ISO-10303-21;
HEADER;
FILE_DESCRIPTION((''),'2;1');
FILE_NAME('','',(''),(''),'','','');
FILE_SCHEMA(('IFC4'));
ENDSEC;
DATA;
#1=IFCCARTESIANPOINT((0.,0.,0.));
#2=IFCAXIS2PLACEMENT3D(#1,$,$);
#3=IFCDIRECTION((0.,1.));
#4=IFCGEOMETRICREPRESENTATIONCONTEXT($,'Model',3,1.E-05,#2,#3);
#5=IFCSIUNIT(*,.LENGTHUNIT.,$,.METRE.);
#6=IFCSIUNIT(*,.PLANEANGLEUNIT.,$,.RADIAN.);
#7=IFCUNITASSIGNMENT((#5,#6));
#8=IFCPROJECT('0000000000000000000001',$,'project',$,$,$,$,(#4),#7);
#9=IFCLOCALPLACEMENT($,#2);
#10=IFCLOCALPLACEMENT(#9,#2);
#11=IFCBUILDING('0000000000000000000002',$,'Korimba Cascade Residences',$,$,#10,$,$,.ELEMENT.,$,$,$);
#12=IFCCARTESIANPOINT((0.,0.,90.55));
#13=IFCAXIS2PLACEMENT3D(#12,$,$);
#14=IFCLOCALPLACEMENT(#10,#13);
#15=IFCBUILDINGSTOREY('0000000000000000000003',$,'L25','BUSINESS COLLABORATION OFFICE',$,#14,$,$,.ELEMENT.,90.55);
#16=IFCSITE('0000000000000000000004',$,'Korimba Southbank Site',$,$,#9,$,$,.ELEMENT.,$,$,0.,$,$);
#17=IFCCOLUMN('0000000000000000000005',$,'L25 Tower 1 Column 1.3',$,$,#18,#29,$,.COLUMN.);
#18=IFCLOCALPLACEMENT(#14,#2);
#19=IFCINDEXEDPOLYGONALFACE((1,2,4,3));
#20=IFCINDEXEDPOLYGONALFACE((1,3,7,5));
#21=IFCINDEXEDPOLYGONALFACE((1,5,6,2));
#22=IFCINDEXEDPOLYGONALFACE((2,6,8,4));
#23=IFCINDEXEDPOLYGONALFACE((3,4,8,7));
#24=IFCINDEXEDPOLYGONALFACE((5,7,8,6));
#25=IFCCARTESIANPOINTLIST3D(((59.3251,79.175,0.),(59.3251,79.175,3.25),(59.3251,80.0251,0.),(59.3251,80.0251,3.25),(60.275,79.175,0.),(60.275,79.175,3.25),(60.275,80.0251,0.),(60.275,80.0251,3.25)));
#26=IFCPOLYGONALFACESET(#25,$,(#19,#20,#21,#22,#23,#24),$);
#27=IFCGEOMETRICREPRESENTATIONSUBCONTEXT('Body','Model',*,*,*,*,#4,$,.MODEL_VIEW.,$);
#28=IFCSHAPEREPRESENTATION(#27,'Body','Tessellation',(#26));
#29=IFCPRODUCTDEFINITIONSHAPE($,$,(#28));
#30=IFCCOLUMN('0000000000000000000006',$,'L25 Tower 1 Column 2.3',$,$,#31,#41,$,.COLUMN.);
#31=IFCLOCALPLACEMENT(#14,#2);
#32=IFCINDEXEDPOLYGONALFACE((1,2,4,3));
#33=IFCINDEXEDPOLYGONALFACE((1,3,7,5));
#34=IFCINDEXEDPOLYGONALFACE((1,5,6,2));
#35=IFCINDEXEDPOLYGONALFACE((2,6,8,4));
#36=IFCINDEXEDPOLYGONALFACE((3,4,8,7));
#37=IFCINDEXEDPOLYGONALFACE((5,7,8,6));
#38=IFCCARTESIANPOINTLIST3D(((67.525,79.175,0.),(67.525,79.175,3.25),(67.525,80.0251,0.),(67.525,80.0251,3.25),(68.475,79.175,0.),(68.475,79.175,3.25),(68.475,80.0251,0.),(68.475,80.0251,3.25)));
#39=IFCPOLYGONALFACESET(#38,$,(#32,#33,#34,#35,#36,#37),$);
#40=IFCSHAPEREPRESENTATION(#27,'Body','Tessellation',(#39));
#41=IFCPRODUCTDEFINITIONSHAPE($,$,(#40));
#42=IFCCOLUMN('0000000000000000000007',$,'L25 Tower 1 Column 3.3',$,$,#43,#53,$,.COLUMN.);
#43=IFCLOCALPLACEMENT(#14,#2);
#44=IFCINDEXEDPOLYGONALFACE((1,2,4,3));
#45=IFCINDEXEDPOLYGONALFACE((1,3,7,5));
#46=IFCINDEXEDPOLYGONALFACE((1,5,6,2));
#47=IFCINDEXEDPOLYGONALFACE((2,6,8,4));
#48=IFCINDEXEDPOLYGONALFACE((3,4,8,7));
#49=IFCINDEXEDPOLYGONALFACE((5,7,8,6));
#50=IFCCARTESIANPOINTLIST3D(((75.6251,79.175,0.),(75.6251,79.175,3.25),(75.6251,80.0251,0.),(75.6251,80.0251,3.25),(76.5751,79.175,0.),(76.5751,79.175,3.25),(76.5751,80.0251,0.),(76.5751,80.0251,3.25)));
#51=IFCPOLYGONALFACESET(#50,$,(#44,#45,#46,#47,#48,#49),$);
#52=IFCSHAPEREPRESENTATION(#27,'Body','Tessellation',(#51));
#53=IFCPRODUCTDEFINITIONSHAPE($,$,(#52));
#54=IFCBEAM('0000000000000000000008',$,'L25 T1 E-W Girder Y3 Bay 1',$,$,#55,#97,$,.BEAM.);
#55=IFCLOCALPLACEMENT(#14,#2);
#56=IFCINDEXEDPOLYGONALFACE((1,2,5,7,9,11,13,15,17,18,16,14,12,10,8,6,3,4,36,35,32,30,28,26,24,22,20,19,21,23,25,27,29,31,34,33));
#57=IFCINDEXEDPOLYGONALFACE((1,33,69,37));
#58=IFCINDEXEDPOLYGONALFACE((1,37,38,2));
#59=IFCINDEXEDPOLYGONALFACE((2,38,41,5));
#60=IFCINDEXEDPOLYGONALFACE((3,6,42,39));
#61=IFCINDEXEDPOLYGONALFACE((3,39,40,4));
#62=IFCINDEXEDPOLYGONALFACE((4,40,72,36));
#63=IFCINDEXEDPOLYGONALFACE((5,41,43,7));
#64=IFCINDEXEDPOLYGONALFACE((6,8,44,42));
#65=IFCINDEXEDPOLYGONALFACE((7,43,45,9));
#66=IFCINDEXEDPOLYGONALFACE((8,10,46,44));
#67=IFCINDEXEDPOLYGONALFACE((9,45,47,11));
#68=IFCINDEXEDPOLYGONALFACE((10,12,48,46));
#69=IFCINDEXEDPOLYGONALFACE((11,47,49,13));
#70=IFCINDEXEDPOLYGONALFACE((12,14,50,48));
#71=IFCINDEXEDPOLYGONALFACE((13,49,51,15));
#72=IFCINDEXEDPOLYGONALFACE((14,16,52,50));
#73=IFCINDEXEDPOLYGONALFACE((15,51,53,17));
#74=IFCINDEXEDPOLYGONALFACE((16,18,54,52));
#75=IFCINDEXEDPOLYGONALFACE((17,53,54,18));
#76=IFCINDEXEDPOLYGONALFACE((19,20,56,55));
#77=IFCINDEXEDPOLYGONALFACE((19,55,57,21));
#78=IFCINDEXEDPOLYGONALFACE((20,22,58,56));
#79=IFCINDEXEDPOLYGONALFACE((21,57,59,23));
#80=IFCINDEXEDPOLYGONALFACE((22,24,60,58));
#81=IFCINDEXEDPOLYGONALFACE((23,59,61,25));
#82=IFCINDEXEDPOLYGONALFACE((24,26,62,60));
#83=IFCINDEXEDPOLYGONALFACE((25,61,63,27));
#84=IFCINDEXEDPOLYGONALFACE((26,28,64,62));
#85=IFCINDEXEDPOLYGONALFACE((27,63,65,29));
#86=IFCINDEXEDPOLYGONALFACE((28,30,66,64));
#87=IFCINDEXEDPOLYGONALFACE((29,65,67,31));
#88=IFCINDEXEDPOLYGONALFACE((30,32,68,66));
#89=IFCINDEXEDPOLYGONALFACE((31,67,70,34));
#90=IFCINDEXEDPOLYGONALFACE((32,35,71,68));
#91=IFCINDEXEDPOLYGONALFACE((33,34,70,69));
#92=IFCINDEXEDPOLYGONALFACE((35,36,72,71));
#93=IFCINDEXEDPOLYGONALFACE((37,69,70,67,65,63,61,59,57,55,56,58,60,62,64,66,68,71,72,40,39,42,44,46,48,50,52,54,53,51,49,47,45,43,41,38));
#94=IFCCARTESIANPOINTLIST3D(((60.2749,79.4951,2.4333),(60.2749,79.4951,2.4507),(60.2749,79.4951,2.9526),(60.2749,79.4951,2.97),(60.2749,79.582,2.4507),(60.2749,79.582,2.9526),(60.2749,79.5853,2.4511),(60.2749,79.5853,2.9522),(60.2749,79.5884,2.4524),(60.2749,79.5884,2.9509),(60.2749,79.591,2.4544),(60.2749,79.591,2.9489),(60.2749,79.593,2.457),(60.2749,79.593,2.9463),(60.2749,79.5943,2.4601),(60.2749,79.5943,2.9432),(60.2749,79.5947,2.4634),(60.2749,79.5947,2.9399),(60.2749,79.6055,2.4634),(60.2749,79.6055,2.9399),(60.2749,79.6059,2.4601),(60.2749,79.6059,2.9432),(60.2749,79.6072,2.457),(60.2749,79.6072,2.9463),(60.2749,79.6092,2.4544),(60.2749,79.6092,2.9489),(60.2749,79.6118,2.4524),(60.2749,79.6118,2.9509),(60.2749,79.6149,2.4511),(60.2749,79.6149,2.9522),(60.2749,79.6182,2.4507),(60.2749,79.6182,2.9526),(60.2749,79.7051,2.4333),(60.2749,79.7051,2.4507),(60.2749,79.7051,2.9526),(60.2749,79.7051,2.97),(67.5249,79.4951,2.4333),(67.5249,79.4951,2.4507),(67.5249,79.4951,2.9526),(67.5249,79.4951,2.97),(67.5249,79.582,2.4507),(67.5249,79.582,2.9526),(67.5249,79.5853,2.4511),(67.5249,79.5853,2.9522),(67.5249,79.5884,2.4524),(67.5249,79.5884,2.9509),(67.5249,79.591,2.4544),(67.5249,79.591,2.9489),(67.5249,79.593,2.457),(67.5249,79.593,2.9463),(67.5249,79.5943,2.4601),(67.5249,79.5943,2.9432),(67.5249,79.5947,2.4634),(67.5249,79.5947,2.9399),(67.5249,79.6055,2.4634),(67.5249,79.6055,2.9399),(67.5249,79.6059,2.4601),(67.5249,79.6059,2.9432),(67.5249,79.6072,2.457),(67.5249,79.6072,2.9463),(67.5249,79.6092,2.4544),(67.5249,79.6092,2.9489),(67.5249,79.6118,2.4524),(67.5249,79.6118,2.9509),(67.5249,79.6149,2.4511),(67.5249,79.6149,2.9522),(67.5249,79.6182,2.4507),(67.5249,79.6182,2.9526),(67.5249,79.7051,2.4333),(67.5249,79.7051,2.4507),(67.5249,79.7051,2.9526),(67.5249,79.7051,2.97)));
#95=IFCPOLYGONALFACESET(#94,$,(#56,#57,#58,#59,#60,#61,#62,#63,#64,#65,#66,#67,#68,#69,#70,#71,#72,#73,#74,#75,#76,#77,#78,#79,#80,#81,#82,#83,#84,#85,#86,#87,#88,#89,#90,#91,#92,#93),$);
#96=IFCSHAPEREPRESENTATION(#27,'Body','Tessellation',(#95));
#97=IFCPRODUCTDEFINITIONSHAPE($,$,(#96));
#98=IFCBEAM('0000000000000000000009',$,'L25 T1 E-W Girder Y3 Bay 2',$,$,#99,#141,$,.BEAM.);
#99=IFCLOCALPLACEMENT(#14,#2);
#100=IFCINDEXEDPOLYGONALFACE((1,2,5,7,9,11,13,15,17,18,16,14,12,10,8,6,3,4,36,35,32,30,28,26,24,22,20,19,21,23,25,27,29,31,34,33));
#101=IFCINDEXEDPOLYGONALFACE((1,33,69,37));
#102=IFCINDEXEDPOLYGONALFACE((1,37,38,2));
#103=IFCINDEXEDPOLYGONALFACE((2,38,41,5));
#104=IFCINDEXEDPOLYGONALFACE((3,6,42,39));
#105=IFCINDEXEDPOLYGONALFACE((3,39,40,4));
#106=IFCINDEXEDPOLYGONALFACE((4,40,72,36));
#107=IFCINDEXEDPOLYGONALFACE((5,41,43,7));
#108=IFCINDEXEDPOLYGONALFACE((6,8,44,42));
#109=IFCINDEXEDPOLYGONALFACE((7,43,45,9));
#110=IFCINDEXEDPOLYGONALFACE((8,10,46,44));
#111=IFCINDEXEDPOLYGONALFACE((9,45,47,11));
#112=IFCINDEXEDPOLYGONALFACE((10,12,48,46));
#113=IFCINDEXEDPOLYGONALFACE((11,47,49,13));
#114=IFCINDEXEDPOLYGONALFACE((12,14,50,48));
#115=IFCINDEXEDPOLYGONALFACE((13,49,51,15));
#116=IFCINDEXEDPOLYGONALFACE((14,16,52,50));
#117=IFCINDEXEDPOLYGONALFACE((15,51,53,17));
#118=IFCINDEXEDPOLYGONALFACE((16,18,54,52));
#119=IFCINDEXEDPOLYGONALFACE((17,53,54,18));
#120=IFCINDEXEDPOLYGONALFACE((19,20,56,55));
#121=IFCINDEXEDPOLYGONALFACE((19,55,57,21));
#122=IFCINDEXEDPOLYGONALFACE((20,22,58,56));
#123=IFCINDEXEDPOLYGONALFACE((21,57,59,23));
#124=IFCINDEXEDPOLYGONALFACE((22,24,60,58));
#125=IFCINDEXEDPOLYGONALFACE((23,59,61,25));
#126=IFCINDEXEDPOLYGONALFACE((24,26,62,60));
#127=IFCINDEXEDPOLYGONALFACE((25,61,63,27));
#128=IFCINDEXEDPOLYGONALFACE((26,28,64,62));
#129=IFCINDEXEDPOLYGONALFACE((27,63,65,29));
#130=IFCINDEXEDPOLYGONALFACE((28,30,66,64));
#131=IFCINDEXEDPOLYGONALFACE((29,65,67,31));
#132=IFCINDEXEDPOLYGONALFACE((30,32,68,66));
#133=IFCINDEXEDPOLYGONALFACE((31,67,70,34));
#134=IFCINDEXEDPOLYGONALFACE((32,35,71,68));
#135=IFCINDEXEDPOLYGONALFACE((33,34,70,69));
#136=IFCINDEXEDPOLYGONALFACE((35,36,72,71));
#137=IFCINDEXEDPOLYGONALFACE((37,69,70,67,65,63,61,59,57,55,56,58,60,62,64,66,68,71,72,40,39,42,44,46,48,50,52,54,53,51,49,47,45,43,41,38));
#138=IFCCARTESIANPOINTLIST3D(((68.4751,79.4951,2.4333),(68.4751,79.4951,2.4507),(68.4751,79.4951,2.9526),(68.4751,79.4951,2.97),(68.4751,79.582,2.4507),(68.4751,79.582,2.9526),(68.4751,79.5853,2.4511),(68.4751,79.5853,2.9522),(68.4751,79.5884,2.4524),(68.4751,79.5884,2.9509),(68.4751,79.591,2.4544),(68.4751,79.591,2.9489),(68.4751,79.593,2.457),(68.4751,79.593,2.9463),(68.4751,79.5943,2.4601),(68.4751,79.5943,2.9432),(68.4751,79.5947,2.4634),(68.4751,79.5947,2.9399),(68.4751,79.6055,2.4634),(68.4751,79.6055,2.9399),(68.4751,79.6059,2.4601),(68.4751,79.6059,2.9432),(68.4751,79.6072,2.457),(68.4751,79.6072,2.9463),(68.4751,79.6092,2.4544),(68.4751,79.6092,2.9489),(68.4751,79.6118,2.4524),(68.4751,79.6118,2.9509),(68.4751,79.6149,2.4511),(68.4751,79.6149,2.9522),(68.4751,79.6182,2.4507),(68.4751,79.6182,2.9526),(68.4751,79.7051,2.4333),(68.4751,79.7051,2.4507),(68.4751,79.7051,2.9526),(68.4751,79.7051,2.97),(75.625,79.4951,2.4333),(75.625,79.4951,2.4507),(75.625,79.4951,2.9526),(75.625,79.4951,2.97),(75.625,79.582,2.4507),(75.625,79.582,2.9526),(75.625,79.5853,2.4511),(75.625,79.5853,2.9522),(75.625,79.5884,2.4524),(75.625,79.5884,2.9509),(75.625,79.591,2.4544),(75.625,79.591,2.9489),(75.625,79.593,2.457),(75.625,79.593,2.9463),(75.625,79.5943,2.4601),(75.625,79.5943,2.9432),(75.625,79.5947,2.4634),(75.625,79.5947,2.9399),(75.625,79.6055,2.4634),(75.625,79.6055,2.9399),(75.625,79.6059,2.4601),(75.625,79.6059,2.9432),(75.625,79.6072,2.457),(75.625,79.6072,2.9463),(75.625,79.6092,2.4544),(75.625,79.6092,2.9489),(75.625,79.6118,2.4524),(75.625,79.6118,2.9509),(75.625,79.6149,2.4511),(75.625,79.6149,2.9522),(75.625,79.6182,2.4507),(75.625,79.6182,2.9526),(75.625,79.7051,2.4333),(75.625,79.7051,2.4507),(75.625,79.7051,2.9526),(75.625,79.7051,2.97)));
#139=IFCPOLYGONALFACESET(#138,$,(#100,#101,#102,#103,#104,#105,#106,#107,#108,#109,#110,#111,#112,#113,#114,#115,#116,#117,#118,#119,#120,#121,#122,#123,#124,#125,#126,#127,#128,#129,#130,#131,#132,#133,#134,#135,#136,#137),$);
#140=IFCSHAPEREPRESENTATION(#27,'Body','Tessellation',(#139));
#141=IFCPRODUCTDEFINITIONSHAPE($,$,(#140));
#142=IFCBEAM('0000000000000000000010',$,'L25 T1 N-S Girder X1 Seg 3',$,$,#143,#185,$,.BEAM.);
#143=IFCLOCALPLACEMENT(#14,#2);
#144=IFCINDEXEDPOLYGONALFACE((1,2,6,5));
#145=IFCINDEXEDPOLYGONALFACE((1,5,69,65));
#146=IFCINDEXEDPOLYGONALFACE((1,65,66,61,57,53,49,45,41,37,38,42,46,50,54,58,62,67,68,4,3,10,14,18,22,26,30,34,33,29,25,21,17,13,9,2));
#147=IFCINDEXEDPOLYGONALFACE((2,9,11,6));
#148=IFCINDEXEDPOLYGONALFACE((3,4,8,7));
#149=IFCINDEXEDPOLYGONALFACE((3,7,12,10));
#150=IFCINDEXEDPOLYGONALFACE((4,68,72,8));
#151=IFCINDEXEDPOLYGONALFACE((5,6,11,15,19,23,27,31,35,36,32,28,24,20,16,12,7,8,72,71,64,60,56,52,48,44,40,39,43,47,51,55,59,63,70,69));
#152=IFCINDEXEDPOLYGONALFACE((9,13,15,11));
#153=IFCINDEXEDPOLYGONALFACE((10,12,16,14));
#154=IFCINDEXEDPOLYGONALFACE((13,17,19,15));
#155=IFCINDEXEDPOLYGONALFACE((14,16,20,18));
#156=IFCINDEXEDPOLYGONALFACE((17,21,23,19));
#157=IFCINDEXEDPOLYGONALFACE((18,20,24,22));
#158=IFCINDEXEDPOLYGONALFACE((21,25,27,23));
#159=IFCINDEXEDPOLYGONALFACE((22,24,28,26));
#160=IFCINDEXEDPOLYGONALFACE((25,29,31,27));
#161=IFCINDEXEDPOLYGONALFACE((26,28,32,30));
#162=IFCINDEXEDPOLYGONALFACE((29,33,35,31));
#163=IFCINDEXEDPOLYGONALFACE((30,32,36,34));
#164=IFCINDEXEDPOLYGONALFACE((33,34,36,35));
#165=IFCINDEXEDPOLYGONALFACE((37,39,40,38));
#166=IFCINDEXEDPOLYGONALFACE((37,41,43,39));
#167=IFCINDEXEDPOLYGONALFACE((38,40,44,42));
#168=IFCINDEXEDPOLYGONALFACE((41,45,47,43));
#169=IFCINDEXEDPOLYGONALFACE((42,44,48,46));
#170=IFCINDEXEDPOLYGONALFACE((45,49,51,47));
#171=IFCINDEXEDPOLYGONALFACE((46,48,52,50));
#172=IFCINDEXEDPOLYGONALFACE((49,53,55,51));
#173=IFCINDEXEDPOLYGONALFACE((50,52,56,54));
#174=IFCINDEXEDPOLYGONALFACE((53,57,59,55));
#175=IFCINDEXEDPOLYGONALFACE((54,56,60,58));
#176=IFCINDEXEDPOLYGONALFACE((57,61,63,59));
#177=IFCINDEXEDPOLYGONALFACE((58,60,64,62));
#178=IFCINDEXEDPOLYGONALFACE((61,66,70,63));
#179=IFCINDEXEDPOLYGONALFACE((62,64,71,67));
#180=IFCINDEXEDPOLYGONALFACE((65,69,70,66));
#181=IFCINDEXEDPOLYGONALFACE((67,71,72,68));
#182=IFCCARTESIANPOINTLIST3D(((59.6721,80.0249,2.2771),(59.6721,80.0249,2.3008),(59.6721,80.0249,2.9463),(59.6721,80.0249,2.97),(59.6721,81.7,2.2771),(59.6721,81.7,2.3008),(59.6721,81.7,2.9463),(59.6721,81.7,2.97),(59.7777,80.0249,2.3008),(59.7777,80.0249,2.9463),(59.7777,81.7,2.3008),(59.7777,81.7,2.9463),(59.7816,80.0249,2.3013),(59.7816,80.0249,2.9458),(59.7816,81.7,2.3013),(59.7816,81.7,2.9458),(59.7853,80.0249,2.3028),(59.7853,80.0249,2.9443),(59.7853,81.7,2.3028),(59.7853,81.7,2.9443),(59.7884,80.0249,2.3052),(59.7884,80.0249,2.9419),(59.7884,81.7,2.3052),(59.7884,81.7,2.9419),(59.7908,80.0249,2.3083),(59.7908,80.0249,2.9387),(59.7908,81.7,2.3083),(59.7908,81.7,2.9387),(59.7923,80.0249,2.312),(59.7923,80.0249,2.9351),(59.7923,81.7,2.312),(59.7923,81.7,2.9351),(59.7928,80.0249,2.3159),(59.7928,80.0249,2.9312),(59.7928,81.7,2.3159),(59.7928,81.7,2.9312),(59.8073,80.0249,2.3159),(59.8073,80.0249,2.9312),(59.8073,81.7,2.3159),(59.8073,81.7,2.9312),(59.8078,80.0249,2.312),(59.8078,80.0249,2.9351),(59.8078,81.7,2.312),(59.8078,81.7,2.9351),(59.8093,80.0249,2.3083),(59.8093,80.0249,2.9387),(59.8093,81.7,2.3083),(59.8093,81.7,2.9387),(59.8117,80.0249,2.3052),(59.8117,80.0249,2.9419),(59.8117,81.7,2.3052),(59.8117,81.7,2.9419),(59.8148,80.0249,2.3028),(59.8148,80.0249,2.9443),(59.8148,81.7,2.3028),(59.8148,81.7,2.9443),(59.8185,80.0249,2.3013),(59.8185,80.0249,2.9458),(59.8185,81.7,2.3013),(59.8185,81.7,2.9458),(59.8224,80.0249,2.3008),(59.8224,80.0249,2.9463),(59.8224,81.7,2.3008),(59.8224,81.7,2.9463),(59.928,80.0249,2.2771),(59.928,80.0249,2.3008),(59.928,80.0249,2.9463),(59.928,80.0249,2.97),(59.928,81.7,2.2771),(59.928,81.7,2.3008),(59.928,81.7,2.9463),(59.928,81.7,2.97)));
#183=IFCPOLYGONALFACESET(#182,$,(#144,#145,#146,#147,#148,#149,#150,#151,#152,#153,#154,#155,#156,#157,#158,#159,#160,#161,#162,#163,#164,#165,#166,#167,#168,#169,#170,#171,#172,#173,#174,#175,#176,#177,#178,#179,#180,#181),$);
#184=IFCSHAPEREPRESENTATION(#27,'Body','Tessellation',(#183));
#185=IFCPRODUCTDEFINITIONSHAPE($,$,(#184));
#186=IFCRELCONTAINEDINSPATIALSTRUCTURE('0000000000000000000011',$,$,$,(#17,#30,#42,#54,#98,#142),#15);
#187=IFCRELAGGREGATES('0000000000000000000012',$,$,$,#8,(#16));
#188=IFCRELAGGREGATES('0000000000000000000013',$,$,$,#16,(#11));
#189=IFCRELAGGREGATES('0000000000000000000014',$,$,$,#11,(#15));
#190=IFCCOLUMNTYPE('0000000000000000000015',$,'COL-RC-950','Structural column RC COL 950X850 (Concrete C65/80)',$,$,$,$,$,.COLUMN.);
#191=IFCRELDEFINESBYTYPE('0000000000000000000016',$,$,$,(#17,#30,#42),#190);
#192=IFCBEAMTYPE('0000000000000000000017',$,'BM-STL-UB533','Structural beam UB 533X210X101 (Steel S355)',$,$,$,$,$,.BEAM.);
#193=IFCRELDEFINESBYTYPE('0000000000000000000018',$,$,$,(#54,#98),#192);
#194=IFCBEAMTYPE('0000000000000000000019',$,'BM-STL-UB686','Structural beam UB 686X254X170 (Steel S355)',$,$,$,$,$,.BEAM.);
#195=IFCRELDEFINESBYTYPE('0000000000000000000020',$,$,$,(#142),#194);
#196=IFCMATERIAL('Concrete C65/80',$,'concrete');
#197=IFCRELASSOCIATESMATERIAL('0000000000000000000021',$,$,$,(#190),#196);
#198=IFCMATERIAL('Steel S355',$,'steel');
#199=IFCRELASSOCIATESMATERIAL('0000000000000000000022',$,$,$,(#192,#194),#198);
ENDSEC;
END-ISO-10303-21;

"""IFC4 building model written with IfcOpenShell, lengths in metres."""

from ifc_helpers import new_model, si_unit, direction, frame, origin, origin_2d, place, context, subcontext, project, spatial, rectangle, i_section, extrude, material, material_profile, profile_set, type_object, element, save


model = new_model("IFC4")

# Units and contexts
model_context = context("Model", 3, precision=1e-05, world=origin(), true_north=direction((0.0, 1.0)))
body_context = subcontext(model_context, "Body", "Model", "MODEL_VIEW")
ifc_project = project(units=[si_unit("LENGTHUNIT", "METRE"), si_unit("PLANEANGLEUNIT", "RADIAN")], contexts=[model_context])

# Site, building, storey
site_placement = place(None, origin())
site = spatial("IfcSite", under=ifc_project, at=site_placement, Name="Korimba Southbank Site", CompositionType="ELEMENT", RefElevation=0.0)
building_placement = place(site_placement, origin())
building = spatial("IfcBuilding", under=site, at=building_placement, Name="Korimba Cascade Residences", CompositionType="ELEMENT")
storey_placement = place(building_placement, frame((0.0, 0.0, 90.55)))
storey = spatial("IfcBuildingStorey", under=building, at=storey_placement, Name="L25", Description="BUSINESS COLLABORATION OFFICE", CompositionType="ELEMENT", Elevation=90.55)

# Columns
ifc_material_1 = material(Name="Concrete C65/80", Category="concrete")
ifc_material_profile_1 = material_profile(ifc_material_1, rectangle(XDim=0.95, YDim=0.8501, at=origin_2d()), Name="Concrete C65/80")
ifc_profile_set_1 = profile_set([ifc_material_profile_1], Name="Concrete C65/80")
column_type = type_object("IfcColumnType", Name="COL-RC-950", Description="Structural column RC COL 950X850 (Concrete C65/80)", PredefinedType="COLUMN", material=ifc_profile_set_1)
for number, where, z_axis, x_axis, name in (
    (1, (59.8, 79.6001, 0.0), (0.0, 0.0, 1.0), (1.0, 0.0, 0.0), "L25 Tower 1 Column 1.3"),
    (2, (68.0, 79.6001, 0.0), (0.0, 0.0, 1.0), (1.0, 0.0, 0.0), "L25 Tower 1 Column 2.3"),
    (3, (76.1001, 79.6001, 0.0), (0.0, 0.0, 1.0), (1.0, 0.0, 0.0), "L25 Tower 1 Column 3.3"),
):
    element("IfcColumn", number, at=place(storey_placement, frame(where, z_axis=z_axis, x_axis=x_axis)), inside=storey, type_object=column_type, Name=name, PredefinedType="COLUMN", context=body_context, shape_type="SweptSolid", body=[
        extrude(rectangle(XDim=0.95, YDim=0.8501, at=origin_2d()), origin(), (0.0, 0.0, 1.0), 3.25),
    ])

# Beams
ifc_material_2 = material(Name="Steel S355", Category="steel")
ifc_material_profile_2 = material_profile(ifc_material_2, i_section(OverallWidth=0.21, OverallDepth=0.5366, WebThickness=0.0107, FlangeThickness=0.0173, FilletRadius=0.0127, at=origin_2d()), Name="Steel S355")
ifc_profile_set_2 = profile_set([ifc_material_profile_2], Name="Steel S355")
beam_type_1 = type_object("IfcBeamType", Name="BM-STL-UB533", Description="Structural beam UB 533X210X101 (Steel S355)", PredefinedType="BEAM", material=ifc_profile_set_2)
beam_1_placement = place(storey_placement, frame((60.2749, 79.6001, 2.7017), z_axis=(1.0, 0.0, 0.0), x_axis=(0.0, 1.0, 0.0)))
element("IfcBeam", 4, at=beam_1_placement, inside=storey, type_object=beam_type_1, Name="L25 T1 E-W Girder Y3 Bay 1", PredefinedType="BEAM", context=body_context, shape_type="SweptSolid", body=[
    extrude(i_section(OverallWidth=0.21, OverallDepth=0.5366, WebThickness=0.0107, FlangeThickness=0.0173, FilletRadius=0.0127, at=origin_2d()), origin(), (0.0, 0.0, 1.0), 7.25),
])
beam_2_placement = place(storey_placement, frame((68.4751, 79.6001, 2.7017), z_axis=(1.0, 0.0, 0.0), x_axis=(0.0, 1.0, 0.0)))
element("IfcBeam", 5, at=beam_2_placement, inside=storey, type_object=beam_type_1, Name="L25 T1 E-W Girder Y3 Bay 2", PredefinedType="BEAM", context=body_context, shape_type="SweptSolid", body=[
    extrude(i_section(OverallWidth=0.21, OverallDepth=0.5366, WebThickness=0.0107, FlangeThickness=0.0173, FilletRadius=0.0127, at=origin_2d()), origin(), (0.0, 0.0, 1.0), 7.1499),
])
ifc_material_profile_3 = material_profile(ifc_material_2, i_section(OverallWidth=0.2559, OverallDepth=0.6929, WebThickness=0.0144, FlangeThickness=0.0237, FilletRadius=0.0151, at=origin_2d()), Name="Steel S355")
ifc_profile_set_3 = profile_set([ifc_material_profile_3], Name="Steel S355")
beam_type_2 = type_object("IfcBeamType", Name="BM-STL-UB686", Description="Structural beam UB 686X254X170 (Steel S355)", PredefinedType="BEAM", material=ifc_profile_set_3)
beam_3_placement = place(storey_placement, frame((59.8, 80.0249, 2.6235), z_axis=(0.0, 1.0, 0.0), x_axis=(-1.0, 0.0, 0.0)))
element("IfcBeam", 6, at=beam_3_placement, inside=storey, type_object=beam_type_2, Name="L25 T1 N-S Girder X1 Seg 3", PredefinedType="BEAM", context=body_context, shape_type="SweptSolid", body=[
    extrude(i_section(OverallWidth=0.2559, OverallDepth=0.6929, WebThickness=0.0144, FlangeThickness=0.0237, FilletRadius=0.0151, at=origin_2d()), origin(), (0.0, 0.0, 1.0), 1.675),
])

save(model, "model.ifc")
